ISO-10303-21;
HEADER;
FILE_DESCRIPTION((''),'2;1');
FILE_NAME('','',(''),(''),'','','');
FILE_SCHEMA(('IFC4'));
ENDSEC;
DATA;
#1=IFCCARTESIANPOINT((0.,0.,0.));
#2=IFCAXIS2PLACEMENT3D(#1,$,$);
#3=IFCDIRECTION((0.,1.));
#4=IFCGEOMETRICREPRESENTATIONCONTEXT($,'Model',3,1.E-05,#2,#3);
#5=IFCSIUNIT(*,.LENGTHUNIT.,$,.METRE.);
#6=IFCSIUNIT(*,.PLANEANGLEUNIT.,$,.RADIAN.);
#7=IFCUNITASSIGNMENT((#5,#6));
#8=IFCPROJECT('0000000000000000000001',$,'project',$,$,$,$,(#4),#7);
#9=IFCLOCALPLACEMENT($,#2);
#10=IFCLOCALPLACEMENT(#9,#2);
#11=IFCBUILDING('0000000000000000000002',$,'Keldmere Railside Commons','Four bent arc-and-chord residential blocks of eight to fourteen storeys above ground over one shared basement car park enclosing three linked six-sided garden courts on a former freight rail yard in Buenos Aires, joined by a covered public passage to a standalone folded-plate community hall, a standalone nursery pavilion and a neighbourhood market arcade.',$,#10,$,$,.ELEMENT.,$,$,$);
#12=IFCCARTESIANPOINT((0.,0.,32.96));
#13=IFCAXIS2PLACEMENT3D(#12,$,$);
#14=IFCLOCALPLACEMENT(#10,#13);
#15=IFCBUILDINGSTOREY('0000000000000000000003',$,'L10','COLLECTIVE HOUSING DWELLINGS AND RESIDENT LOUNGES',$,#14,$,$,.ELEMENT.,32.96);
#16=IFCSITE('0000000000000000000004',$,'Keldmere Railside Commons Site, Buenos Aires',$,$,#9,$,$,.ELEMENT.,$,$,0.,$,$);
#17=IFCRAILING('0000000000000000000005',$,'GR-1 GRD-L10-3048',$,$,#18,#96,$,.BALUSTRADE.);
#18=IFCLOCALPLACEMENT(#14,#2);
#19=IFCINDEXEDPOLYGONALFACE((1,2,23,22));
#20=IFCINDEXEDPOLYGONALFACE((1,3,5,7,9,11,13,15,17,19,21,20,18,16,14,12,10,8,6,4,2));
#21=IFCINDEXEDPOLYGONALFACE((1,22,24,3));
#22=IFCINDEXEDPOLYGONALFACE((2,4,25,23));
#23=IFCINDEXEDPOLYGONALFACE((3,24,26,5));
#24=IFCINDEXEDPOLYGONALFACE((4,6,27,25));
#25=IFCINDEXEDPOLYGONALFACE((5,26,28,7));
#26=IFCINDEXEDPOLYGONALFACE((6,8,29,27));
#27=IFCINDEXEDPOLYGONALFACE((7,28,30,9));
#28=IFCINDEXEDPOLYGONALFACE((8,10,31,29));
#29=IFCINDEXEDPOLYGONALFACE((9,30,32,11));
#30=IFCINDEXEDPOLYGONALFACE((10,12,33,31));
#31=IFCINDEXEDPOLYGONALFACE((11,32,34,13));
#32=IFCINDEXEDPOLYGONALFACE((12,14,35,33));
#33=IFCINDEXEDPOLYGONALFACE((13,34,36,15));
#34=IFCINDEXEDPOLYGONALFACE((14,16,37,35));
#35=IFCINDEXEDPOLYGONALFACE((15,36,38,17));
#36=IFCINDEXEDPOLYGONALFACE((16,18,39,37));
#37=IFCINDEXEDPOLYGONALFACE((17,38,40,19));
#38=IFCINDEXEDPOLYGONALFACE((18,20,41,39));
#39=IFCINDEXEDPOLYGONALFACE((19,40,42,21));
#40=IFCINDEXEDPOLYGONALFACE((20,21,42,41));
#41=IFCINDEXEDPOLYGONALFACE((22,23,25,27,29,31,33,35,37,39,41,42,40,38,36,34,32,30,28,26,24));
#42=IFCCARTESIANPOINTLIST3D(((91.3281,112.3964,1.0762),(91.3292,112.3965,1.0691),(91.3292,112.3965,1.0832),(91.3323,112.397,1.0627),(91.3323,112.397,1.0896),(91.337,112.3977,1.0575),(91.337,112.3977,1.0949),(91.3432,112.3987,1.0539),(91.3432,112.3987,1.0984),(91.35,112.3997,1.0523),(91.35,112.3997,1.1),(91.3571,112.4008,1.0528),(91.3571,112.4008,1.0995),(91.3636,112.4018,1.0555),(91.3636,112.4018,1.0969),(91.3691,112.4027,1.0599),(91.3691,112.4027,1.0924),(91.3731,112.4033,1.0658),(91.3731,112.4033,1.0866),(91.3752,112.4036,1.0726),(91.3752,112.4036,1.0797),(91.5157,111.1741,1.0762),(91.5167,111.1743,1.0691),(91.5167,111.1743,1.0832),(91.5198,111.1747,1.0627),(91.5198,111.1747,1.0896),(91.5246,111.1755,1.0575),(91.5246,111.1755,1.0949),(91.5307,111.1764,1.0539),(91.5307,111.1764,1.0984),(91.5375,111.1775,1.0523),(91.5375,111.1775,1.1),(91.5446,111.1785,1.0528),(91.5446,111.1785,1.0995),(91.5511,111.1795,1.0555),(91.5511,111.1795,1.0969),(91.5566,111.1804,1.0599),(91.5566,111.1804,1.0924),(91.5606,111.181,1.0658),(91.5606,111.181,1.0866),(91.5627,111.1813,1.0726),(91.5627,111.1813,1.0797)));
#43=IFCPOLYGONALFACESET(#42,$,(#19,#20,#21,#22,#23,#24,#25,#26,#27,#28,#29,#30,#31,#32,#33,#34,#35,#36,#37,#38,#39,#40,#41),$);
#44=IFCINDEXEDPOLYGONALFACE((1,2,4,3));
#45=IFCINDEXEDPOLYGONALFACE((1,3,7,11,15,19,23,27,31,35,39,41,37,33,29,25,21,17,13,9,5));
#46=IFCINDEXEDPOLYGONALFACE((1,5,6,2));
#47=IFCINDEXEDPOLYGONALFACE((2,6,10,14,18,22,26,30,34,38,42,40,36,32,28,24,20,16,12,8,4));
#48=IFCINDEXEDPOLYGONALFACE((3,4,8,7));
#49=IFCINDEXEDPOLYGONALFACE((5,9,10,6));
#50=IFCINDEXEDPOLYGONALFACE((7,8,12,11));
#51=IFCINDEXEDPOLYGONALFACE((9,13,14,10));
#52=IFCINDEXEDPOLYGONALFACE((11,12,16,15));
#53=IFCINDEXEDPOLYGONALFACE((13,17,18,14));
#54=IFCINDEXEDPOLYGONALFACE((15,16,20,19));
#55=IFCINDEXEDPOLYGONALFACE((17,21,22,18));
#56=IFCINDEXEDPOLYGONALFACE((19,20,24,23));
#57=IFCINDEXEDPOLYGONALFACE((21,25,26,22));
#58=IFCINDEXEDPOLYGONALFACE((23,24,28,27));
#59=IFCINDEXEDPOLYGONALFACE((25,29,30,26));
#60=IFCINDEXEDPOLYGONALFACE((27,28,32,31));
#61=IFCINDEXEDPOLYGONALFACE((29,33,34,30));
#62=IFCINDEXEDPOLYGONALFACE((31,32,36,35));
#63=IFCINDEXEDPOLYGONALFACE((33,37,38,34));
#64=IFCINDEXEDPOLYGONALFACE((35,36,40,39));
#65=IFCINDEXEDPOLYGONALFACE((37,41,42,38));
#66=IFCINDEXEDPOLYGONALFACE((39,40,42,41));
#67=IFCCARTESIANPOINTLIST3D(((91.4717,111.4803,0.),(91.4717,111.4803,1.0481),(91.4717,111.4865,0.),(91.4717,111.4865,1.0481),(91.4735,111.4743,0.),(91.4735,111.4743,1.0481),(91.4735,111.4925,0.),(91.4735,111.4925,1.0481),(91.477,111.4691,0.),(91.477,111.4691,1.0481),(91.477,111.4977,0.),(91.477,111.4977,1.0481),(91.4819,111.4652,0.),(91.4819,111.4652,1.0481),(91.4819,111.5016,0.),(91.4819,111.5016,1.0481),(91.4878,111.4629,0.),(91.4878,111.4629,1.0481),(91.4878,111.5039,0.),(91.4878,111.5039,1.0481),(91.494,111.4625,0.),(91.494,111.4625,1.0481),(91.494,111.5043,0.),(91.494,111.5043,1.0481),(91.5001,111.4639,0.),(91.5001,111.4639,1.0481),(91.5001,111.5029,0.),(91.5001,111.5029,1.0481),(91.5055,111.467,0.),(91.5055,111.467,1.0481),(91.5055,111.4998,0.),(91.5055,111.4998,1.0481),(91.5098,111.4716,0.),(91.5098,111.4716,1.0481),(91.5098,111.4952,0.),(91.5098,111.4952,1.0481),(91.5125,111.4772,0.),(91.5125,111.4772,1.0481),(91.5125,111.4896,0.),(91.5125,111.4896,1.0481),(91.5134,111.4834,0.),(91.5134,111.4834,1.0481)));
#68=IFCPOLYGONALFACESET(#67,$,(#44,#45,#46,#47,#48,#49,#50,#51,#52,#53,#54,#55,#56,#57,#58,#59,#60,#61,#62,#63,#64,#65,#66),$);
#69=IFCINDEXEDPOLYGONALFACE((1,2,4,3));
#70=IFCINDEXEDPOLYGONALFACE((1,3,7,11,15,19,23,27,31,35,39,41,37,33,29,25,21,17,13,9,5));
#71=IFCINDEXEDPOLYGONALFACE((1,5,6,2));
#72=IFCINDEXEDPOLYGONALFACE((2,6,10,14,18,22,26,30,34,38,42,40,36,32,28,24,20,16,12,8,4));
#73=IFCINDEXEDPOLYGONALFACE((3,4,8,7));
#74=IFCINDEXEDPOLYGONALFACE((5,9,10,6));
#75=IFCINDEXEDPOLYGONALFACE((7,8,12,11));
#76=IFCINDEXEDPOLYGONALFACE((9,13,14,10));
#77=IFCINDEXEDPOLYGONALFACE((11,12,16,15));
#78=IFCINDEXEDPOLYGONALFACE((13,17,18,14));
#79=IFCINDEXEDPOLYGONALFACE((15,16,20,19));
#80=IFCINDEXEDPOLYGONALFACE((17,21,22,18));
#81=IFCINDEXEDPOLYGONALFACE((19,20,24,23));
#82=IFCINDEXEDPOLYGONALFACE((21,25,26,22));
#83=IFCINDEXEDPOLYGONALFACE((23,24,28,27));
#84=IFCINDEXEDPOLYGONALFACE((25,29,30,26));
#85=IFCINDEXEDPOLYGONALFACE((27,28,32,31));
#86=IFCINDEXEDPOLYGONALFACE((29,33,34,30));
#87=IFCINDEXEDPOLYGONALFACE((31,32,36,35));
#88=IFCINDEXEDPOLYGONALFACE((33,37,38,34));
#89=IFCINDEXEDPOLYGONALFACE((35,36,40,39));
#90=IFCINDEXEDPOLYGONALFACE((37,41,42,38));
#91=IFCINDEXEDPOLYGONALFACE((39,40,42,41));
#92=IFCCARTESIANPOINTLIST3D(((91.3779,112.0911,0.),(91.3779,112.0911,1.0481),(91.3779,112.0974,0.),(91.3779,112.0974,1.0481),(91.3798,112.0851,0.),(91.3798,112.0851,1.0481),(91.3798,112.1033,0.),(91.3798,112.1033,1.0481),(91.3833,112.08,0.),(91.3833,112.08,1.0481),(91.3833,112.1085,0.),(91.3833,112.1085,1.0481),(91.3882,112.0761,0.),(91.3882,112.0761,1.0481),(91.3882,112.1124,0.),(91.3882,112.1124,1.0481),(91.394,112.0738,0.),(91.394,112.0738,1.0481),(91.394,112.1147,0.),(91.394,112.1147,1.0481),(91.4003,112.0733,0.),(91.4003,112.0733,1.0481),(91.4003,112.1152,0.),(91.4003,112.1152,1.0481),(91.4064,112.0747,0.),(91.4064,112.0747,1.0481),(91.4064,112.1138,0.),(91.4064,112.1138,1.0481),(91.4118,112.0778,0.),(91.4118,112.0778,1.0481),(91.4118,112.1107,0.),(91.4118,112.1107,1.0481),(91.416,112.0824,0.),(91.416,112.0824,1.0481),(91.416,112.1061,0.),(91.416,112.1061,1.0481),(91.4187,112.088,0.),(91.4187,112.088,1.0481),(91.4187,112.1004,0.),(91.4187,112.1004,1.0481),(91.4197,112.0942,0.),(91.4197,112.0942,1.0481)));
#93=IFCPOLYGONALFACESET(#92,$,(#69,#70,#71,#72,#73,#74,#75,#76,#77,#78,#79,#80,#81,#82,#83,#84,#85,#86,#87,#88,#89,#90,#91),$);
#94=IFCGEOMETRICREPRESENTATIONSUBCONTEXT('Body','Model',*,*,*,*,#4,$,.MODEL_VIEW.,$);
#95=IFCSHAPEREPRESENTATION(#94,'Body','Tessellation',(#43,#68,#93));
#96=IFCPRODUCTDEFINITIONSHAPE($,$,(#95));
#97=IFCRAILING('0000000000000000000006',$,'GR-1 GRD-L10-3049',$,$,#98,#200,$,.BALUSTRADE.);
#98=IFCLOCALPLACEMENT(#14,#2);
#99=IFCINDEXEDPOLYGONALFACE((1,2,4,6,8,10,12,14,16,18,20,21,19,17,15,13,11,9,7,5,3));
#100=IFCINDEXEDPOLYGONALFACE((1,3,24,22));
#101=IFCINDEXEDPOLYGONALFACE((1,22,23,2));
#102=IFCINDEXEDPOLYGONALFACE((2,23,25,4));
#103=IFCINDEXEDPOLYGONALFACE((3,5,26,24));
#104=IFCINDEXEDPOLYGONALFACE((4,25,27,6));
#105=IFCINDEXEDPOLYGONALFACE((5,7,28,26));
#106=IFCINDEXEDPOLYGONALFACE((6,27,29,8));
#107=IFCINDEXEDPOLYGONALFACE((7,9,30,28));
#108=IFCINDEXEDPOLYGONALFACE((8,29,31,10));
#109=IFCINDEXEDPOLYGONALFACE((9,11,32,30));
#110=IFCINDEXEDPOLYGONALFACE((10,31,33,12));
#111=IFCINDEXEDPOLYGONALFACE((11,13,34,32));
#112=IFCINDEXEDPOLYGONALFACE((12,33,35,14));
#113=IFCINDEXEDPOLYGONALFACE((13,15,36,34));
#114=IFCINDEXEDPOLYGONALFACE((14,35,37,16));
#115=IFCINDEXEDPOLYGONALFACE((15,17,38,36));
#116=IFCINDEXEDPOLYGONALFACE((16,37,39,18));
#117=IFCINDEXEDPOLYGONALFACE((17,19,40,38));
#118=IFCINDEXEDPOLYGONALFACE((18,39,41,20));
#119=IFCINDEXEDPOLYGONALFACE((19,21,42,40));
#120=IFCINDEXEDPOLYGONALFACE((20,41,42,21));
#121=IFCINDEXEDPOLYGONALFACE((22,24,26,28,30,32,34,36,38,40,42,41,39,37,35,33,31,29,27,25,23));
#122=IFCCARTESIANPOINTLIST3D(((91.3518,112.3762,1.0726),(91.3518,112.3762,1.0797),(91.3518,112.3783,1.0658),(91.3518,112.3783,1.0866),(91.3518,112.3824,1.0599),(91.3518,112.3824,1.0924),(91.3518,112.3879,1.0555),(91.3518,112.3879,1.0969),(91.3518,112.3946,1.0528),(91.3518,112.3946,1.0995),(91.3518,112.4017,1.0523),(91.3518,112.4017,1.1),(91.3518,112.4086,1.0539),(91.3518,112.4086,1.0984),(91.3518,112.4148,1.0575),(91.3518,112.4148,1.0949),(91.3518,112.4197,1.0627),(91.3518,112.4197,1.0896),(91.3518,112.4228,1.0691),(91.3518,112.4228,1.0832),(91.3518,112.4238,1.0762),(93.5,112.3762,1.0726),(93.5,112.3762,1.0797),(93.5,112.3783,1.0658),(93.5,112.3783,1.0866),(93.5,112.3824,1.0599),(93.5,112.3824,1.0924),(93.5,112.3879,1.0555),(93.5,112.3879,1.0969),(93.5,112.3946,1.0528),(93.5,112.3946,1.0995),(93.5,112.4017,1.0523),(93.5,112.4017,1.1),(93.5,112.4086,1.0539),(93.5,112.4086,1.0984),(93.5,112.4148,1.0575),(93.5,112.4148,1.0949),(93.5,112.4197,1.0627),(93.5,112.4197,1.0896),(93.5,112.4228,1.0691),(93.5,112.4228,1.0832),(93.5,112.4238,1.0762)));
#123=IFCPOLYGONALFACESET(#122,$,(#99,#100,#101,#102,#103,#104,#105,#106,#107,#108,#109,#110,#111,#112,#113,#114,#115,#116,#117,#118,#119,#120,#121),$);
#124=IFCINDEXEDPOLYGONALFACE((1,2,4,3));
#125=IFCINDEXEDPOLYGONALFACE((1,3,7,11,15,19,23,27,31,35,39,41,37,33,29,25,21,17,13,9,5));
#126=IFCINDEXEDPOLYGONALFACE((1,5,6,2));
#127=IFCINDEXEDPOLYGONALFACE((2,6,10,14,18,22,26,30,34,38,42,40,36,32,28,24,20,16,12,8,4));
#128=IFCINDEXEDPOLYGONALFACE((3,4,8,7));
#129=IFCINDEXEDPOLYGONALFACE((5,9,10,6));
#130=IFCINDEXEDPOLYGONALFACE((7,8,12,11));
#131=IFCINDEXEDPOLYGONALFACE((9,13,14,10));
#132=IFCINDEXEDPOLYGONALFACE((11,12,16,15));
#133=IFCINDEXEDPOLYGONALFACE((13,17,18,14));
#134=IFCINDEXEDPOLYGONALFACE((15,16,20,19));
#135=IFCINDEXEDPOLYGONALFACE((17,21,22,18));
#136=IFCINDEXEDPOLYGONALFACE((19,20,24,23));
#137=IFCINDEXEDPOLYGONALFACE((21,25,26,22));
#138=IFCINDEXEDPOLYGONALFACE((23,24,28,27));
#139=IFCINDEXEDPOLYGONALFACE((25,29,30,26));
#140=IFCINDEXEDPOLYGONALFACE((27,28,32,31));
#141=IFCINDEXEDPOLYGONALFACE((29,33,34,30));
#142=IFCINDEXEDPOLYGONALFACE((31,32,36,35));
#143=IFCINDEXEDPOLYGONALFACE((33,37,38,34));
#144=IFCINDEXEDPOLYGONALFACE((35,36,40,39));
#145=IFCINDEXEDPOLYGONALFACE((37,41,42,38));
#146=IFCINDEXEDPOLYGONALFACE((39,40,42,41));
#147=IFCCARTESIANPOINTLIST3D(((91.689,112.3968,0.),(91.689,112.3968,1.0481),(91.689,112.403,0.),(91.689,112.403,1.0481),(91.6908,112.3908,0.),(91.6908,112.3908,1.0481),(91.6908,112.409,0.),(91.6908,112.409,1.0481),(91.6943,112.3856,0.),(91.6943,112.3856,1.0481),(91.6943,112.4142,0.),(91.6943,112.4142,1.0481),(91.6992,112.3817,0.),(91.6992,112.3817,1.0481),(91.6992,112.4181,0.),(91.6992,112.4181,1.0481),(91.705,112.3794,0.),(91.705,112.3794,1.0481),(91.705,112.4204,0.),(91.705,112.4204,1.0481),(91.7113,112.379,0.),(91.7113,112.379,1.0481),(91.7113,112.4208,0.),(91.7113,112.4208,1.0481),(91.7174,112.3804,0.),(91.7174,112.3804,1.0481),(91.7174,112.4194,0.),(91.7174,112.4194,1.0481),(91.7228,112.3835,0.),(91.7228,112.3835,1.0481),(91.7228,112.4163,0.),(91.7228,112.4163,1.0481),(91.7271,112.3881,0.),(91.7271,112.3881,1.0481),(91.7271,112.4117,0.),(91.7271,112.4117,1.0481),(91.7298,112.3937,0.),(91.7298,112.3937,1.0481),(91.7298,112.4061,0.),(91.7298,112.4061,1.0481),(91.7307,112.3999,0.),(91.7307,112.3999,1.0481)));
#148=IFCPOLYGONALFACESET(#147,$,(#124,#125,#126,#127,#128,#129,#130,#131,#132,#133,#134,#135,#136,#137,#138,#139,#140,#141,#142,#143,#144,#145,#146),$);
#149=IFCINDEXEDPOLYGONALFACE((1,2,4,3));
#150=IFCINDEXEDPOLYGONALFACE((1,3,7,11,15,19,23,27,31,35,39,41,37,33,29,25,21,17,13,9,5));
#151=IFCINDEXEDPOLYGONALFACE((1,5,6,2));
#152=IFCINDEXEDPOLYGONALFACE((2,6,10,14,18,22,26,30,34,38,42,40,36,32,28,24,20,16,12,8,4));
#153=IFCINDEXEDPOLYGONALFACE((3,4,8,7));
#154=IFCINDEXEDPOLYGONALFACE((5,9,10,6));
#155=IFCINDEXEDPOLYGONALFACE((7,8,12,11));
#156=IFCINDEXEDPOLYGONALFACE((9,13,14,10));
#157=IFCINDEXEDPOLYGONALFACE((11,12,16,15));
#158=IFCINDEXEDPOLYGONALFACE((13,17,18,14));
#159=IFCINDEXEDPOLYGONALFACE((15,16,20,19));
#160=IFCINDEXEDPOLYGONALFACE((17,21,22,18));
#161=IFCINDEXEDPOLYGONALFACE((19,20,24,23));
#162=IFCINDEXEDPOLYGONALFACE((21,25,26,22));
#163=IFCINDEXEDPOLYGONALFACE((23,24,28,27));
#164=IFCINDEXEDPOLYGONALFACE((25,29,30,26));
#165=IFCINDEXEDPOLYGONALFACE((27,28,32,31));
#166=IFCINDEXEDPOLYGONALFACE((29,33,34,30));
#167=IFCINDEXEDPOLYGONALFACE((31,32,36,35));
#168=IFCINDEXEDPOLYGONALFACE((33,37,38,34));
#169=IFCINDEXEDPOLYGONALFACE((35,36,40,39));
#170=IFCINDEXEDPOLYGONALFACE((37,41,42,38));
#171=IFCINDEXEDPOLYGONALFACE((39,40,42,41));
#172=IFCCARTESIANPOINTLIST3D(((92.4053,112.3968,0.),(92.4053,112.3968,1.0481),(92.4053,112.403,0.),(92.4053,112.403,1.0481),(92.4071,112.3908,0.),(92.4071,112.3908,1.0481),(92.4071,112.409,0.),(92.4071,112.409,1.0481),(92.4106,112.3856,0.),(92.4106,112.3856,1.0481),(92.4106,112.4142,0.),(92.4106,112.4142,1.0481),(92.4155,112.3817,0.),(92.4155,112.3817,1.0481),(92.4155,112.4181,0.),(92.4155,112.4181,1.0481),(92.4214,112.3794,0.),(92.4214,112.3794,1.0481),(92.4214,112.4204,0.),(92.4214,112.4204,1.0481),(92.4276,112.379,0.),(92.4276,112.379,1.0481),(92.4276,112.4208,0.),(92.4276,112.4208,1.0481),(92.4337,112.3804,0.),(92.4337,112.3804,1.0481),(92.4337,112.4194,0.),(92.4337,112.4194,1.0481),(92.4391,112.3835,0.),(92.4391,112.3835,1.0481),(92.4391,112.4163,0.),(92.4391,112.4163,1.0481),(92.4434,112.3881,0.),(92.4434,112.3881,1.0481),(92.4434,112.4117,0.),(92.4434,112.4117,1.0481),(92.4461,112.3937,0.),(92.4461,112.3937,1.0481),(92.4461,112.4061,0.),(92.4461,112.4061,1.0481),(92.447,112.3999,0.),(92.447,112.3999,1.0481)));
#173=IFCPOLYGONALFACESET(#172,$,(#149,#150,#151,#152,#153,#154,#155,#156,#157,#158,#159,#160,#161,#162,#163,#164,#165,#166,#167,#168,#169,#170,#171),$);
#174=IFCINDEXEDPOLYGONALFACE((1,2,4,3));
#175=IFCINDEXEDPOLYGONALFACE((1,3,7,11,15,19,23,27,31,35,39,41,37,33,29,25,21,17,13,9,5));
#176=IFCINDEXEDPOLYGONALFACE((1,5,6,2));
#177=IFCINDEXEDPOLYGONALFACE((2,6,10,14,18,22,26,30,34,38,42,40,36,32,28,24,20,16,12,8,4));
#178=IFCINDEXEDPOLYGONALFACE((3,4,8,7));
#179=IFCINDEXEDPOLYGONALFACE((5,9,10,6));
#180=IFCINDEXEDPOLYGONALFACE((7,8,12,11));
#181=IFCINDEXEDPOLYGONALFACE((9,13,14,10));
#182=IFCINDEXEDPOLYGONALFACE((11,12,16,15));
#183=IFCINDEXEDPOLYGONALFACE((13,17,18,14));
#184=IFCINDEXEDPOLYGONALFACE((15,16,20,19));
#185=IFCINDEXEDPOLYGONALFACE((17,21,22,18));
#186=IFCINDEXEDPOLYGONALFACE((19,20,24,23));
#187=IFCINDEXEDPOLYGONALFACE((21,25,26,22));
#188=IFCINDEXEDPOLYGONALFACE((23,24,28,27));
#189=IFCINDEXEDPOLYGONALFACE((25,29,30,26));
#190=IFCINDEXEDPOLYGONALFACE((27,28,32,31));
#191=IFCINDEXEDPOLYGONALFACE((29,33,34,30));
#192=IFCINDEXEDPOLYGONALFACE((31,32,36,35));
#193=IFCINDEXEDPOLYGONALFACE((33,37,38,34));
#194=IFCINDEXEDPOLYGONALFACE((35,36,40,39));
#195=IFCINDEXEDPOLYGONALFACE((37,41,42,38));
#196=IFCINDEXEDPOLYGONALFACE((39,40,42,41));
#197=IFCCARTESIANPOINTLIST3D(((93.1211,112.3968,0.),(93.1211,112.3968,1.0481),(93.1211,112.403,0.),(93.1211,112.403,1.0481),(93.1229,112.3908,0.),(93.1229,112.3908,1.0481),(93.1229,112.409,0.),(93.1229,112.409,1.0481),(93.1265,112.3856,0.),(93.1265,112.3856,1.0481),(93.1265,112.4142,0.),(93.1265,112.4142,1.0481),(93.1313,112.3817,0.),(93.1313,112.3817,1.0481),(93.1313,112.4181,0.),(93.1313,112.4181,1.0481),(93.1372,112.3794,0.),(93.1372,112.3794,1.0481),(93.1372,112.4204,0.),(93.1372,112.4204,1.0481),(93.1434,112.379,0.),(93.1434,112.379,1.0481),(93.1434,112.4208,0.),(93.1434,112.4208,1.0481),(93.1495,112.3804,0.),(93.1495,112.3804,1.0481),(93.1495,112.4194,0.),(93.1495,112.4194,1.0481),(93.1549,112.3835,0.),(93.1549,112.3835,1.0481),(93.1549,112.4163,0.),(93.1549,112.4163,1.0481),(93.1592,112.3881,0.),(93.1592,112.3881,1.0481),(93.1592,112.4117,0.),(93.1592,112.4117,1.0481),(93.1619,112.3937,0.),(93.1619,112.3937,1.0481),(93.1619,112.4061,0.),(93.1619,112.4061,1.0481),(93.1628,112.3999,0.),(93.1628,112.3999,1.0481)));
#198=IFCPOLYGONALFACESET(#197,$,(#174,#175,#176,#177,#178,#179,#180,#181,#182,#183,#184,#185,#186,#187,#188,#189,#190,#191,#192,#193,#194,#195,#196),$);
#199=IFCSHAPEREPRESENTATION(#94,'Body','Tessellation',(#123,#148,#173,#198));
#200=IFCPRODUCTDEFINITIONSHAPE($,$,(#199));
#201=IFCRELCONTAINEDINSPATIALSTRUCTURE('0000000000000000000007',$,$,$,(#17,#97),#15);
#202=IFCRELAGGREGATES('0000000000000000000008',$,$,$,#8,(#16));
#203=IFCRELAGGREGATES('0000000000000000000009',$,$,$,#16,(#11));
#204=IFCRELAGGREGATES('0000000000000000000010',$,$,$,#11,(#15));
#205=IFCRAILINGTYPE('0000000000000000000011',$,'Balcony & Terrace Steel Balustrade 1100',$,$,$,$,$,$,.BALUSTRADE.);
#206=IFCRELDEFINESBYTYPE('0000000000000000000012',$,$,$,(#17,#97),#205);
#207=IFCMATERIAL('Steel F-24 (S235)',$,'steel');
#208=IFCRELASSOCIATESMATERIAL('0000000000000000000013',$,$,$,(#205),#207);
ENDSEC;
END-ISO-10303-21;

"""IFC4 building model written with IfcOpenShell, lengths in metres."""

from ifc_helpers import new_model, si_unit, direction, frame, origin, origin_2d, place, context, subcontext, project, spatial, circle, extrude, material, type_object, element, save


model = new_model("IFC4")

# Units and contexts
model_context = context("Model", 3, precision=1e-05, world=origin(), true_north=direction((0.0, 1.0)))
body_context = subcontext(model_context, "Body", "Model", "MODEL_VIEW")
ifc_project = project(units=[si_unit("LENGTHUNIT", "METRE"), si_unit("PLANEANGLEUNIT", "RADIAN")], contexts=[model_context])

# Site, building, storey
site_placement = place(None, origin())
site = spatial("IfcSite", under=ifc_project, at=site_placement, Name="Keldmere Railside Commons Site, Buenos Aires", CompositionType="ELEMENT", RefElevation=0.0)
building_placement = place(site_placement, origin())
building = spatial("IfcBuilding", under=site, at=building_placement, Name="Keldmere Railside Commons", Description="Four bent arc-and-chord residential blocks of eight to fourteen storeys above ground over one shared basement car park enclosing three linked six-sided garden courts on a former freight rail yard in Buenos Aires, joined by a covered public passage to a standalone folded-plate community hall, a standalone nursery pavilion and a neighbourhood market arcade.", CompositionType="ELEMENT")
storey_placement = place(building_placement, frame((0.0, 0.0, 32.96)))
storey = spatial("IfcBuildingStorey", under=building, at=storey_placement, Name="L10", Description="COLLECTIVE HOUSING DWELLINGS AND RESIDENT LOUNGES", CompositionType="ELEMENT", Elevation=32.96)

# Shared definitions
ifc_material_1 = material(Name="Steel F-24 (S235)", Category="steel")

# Railings
railing_type = type_object("IfcRailingType", Name="Balcony & Terrace Steel Balustrade 1100", PredefinedType="BALUSTRADE", material=ifc_material_1)
railing_1_placement = place(storey_placement, frame((91.5393, 111.1777, 0.0)))
element("IfcRailing", 1, at=railing_1_placement, inside=storey, type_object=railing_type, Name="GR-1 GRD-L10-3048", PredefinedType="BALUSTRADE", context=body_context, shape_type="SweptSolid", body=[
    extrude(circle(Radius=0.0239, at=origin_2d()), frame((0.0, 0.0, 1.0762), z_axis=(-0.151642, 0.988436, 0.0), x_axis=(-0.988436, -0.151642, 0.0)), (0.0, 0.0, 1.0), 1.2366),
    extrude(circle(Radius=0.021, at=origin_2d()), frame((-0.0469, 0.3057, 0.0)), (0.0, 0.0, 1.0), 1.0481),
    extrude(circle(Radius=0.021, at=origin_2d()), frame((-0.1406, 0.9165, 0.0)), (0.0, 0.0, 1.0), 1.0481),
])
railing_2_placement = place(storey_placement, frame((91.3518, 112.3999, 0.0)))
element("IfcRailing", 2, at=railing_2_placement, inside=storey, type_object=railing_type, Name="GR-1 GRD-L10-3049", PredefinedType="BALUSTRADE", context=body_context, shape_type="SweptSolid", body=[
    extrude(circle(Radius=0.0239, at=origin_2d()), frame((0.0, 0.0, 1.0762), z_axis=(1.0, 0.0, 0.0), x_axis=(0.0, 1.0, 0.0)), (0.0, 0.0, 1.0), 2.1482),
    extrude(circle(Radius=0.021, at=origin_2d()), frame((0.3579, 0.0, 0.0)), (0.0, 0.0, 1.0), 1.0481),
    extrude(circle(Radius=0.021, at=origin_2d()), frame((1.0742, 0.0, 0.0)), (0.0, 0.0, 1.0), 1.0481),
    extrude(circle(Radius=0.021, at=origin_2d()), frame((1.79, 0.0, 0.0)), (0.0, 0.0, 1.0), 1.0481),
])

save(model, "model.ifc")
